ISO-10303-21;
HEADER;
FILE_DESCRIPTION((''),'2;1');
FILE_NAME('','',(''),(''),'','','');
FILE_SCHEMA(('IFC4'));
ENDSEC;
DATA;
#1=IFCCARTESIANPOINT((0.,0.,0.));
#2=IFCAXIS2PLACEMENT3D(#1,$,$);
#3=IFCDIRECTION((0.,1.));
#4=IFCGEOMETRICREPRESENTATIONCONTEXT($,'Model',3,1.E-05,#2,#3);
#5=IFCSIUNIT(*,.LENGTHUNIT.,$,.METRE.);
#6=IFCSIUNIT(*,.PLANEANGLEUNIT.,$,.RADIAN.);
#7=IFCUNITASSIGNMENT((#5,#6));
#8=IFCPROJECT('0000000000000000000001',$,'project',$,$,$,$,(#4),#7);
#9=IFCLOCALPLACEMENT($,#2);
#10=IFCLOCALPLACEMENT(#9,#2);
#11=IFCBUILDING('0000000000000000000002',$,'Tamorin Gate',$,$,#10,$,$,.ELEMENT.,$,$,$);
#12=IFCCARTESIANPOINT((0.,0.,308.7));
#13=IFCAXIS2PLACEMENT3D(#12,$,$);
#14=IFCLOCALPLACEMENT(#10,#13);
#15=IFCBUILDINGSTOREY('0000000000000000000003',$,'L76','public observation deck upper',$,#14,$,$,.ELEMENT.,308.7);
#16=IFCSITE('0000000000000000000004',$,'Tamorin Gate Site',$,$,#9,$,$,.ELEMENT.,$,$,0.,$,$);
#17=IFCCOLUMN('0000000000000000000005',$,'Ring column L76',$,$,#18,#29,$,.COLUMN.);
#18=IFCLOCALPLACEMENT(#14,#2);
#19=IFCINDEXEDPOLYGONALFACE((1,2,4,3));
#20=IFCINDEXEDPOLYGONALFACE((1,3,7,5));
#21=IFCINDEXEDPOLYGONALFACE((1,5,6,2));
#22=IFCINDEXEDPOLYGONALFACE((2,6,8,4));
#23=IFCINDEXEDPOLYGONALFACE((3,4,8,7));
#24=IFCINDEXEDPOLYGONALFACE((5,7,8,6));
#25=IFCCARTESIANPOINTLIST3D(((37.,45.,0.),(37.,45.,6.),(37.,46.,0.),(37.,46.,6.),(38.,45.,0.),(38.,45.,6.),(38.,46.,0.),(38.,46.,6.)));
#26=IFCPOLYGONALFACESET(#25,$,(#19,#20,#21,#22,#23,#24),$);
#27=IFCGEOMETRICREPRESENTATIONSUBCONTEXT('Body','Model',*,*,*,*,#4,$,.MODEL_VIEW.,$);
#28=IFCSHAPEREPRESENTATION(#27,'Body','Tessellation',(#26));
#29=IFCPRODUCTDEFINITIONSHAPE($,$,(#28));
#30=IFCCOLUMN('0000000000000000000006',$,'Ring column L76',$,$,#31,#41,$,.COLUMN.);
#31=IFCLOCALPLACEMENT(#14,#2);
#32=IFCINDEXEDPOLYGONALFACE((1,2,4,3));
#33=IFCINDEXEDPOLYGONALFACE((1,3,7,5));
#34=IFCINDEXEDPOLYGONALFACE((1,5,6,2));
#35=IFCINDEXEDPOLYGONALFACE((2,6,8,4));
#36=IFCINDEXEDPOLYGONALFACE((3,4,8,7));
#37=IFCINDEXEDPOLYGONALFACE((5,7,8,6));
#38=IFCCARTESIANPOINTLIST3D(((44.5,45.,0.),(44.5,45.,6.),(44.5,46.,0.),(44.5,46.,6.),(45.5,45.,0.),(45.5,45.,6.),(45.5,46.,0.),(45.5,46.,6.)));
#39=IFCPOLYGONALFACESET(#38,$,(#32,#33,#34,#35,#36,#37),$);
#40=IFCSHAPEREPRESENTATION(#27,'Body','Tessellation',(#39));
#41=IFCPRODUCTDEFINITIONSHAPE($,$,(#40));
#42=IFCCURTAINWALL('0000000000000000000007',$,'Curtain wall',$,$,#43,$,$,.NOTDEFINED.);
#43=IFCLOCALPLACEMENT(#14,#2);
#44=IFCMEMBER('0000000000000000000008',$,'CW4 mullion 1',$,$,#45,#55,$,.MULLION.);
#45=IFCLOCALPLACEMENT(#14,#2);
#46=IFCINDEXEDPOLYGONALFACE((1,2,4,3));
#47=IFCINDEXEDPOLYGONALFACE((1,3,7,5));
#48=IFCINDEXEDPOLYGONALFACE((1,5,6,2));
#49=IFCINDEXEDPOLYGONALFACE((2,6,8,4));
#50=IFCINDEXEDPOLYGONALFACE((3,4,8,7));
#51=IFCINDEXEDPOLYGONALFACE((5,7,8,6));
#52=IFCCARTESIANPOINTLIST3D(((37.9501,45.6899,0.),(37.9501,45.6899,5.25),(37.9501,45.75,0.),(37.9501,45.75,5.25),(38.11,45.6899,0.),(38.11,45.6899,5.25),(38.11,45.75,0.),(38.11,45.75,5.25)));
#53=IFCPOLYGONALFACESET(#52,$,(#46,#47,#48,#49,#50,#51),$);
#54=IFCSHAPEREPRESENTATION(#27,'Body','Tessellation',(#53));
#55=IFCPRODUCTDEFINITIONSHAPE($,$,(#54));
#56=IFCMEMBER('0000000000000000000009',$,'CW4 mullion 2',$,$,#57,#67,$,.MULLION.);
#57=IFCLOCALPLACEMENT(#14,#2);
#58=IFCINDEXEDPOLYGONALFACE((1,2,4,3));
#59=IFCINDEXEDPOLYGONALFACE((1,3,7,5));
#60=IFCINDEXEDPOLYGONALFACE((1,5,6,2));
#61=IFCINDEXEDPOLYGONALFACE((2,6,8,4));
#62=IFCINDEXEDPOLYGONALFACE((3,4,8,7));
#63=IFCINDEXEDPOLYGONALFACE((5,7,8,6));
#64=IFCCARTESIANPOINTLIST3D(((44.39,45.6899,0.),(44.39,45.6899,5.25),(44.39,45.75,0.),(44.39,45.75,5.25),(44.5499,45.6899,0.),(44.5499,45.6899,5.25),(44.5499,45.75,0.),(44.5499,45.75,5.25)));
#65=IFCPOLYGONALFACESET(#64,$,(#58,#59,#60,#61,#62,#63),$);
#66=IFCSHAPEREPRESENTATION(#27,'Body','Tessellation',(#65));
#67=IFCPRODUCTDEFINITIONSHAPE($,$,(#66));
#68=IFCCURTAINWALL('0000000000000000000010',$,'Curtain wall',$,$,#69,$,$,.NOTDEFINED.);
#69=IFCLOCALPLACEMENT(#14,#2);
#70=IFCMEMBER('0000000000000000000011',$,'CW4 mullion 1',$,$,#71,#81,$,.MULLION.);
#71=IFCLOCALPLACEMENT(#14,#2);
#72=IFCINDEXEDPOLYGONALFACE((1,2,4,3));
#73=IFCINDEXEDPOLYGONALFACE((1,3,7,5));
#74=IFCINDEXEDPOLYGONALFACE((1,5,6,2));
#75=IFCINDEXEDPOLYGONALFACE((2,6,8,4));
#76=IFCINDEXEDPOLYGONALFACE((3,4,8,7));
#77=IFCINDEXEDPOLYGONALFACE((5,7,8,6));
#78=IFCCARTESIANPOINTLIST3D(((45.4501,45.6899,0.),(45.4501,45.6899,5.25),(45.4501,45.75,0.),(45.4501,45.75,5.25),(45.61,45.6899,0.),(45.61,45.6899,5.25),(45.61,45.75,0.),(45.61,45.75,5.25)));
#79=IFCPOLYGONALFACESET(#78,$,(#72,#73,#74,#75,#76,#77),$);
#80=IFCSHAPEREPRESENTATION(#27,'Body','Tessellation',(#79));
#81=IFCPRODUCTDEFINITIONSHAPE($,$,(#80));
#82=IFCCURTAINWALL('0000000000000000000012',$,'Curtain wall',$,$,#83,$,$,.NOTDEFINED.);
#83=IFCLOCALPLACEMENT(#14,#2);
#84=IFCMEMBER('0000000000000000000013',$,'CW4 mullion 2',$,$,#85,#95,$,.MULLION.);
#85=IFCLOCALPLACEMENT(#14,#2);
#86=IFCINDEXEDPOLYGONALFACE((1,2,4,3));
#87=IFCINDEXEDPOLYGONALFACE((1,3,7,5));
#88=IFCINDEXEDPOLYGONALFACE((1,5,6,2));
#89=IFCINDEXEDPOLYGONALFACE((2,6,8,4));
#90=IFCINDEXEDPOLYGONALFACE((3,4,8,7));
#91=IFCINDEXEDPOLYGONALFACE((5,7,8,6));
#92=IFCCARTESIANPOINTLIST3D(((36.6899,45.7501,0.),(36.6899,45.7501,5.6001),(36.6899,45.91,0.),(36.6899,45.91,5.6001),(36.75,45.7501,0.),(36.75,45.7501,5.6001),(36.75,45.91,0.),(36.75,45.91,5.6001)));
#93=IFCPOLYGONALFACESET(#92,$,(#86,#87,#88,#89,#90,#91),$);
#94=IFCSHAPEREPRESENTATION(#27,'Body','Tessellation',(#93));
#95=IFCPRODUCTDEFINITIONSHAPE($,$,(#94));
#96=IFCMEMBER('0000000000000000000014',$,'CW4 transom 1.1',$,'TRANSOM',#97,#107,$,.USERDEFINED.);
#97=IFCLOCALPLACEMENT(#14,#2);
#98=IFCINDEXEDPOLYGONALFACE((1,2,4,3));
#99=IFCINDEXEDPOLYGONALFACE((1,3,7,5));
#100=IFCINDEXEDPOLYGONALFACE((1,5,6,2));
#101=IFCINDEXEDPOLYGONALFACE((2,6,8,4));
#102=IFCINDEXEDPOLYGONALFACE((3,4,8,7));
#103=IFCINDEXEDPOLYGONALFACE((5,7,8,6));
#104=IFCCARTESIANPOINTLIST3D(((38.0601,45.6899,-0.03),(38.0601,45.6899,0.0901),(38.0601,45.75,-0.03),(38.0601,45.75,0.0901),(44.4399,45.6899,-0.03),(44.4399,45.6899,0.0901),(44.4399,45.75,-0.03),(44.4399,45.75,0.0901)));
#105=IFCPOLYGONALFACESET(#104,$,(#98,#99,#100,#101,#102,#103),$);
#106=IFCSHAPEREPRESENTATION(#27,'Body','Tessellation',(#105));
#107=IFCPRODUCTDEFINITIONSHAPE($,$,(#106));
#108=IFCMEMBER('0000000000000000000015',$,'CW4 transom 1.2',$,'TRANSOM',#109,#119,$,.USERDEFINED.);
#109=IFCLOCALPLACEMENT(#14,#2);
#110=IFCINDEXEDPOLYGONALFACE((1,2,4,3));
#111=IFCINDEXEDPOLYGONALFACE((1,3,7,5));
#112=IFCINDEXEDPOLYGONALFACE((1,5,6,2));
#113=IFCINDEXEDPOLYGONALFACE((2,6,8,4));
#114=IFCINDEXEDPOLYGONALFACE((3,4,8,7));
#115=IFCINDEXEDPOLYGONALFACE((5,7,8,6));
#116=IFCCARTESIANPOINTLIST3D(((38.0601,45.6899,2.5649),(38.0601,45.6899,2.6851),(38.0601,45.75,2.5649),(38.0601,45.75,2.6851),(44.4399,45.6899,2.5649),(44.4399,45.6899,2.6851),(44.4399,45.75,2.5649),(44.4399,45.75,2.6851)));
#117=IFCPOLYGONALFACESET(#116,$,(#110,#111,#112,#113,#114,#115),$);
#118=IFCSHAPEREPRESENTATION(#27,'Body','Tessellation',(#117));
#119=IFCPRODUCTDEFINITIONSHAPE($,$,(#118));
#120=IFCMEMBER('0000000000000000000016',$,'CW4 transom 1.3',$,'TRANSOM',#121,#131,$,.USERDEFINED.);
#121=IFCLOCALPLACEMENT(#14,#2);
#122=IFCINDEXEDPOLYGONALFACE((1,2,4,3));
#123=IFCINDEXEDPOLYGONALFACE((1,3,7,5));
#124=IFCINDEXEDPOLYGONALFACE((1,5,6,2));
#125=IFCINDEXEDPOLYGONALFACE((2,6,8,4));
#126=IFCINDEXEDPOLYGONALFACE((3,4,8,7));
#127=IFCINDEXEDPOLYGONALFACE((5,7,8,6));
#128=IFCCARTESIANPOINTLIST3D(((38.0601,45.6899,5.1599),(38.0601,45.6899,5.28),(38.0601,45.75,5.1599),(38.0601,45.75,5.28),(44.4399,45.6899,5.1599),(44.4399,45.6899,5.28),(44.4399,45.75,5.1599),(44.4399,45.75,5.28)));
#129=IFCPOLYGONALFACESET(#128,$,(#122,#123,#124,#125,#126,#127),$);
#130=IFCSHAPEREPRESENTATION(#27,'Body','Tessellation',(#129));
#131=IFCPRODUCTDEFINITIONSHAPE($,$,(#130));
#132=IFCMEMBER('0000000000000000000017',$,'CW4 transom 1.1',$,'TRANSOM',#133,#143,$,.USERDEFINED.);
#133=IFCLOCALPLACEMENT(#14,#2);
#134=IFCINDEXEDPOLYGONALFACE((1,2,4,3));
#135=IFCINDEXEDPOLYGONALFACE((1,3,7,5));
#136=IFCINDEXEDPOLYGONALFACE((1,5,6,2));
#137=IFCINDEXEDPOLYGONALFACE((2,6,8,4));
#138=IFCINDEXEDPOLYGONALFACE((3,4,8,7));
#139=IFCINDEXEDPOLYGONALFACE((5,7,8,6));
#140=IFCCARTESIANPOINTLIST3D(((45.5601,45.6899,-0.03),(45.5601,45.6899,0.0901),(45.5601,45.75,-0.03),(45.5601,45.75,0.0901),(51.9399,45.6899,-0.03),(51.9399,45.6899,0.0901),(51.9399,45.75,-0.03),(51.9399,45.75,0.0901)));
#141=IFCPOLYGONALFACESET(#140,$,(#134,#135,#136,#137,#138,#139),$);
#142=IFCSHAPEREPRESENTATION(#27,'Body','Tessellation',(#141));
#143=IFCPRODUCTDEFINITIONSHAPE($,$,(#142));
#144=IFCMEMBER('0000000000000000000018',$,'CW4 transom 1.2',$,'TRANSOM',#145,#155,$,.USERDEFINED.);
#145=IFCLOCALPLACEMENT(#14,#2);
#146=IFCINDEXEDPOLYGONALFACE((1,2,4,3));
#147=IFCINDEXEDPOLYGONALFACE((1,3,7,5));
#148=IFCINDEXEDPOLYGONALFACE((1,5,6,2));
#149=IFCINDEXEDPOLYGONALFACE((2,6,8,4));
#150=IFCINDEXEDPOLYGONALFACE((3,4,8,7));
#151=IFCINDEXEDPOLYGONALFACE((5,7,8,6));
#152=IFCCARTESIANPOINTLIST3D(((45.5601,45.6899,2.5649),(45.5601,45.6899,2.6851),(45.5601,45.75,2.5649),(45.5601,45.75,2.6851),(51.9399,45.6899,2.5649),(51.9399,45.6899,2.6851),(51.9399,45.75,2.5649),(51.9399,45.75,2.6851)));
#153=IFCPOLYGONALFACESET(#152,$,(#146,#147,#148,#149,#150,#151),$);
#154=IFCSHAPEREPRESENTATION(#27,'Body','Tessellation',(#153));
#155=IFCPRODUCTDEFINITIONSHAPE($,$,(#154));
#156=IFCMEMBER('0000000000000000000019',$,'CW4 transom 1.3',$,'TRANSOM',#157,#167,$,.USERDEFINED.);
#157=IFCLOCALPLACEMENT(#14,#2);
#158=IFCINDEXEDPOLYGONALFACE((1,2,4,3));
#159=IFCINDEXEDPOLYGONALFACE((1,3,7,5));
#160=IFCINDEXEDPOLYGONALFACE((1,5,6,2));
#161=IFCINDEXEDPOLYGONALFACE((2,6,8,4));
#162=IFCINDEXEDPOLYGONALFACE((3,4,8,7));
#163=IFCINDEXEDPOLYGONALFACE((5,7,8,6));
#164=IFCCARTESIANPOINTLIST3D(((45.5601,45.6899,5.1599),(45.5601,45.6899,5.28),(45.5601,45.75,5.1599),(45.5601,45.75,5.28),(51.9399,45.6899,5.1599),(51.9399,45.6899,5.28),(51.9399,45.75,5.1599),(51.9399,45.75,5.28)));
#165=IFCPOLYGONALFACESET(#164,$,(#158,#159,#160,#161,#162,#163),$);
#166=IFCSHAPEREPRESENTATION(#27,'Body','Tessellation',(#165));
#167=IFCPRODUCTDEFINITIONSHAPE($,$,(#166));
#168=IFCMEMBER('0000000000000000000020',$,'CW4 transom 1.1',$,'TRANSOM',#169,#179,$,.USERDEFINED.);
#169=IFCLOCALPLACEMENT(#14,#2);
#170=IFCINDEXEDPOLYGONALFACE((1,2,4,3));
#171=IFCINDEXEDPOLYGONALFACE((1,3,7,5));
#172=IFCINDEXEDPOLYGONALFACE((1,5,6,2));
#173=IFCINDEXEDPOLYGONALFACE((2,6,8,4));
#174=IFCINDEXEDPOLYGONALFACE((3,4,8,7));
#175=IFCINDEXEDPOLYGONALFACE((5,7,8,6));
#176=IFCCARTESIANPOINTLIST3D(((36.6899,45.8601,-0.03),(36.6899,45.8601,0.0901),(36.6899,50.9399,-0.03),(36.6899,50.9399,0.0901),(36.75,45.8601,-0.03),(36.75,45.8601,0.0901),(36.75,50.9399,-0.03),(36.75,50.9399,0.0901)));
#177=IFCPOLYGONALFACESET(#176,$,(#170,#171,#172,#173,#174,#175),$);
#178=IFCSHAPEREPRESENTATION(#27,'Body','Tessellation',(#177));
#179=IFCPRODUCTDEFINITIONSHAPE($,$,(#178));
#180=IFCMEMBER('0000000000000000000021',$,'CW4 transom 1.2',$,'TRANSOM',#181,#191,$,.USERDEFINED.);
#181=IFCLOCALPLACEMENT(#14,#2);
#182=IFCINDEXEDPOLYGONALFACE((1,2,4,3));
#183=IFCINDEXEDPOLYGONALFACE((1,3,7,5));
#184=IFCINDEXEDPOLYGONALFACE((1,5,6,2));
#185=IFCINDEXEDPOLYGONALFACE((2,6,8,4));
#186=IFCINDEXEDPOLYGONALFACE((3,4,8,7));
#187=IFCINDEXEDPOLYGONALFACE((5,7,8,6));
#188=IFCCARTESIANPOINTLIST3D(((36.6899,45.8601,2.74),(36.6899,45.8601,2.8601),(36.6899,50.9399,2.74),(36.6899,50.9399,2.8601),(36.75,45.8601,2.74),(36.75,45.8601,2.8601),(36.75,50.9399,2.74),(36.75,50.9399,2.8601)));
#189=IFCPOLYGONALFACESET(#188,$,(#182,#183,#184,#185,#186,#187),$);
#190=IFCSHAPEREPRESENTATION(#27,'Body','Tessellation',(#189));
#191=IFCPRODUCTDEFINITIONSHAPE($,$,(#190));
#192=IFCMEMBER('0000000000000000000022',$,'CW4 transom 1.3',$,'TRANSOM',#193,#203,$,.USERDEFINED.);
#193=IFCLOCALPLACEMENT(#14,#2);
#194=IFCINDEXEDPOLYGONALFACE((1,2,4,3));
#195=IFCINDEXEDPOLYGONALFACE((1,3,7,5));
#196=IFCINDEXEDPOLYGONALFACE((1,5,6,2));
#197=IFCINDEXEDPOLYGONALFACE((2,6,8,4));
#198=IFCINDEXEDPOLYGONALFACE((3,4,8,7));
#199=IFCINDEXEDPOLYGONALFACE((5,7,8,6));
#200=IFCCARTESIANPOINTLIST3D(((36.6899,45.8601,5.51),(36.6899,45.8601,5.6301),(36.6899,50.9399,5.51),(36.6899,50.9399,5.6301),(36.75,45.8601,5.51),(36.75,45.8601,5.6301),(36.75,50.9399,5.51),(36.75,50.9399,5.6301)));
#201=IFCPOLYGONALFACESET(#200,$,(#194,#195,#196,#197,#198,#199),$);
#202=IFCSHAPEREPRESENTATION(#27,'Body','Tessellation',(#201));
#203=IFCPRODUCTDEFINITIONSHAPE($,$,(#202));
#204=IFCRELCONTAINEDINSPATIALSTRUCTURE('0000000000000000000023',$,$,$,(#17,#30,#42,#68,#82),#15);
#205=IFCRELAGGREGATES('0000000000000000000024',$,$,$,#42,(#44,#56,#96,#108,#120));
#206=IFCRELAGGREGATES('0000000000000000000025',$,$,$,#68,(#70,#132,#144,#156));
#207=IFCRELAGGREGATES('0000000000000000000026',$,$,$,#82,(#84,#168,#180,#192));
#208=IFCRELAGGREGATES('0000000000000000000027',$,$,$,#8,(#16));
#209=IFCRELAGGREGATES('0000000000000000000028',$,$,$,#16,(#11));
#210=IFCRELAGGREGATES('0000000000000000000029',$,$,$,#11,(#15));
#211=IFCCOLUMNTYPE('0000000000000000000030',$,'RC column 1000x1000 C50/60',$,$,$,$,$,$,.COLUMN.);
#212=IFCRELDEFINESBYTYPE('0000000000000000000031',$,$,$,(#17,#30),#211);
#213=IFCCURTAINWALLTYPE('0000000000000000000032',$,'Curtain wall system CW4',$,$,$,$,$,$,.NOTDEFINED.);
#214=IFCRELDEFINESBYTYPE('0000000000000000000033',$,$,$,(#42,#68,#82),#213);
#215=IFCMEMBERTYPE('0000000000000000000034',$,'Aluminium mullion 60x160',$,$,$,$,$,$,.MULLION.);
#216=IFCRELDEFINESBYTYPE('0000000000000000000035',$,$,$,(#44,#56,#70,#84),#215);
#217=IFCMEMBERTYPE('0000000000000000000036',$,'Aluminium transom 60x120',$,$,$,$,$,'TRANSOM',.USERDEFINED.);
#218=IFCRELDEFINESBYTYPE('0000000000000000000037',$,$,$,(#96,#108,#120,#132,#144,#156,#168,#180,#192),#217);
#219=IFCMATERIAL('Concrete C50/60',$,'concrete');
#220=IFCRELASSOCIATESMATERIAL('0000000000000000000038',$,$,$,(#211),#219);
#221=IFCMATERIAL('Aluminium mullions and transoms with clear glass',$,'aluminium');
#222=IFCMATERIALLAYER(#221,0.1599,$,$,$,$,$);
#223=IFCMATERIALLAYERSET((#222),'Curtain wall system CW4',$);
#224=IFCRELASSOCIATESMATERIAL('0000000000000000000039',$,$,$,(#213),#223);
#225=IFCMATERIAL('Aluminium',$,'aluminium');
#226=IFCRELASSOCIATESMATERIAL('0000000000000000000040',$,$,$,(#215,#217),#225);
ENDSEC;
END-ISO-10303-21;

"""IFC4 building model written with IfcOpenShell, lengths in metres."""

from ifc_helpers import new_model, si_unit, direction, frame, origin, origin_2d, place, context, subcontext, project, spatial, rectangle, extrude, material, layer, layer_set, material_profile, profile_set, type_object, element, aggregate, save


model = new_model("IFC4")

# Units and contexts
model_context = context("Model", 3, precision=1e-05, world=origin(), true_north=direction((0.0, 1.0)))
body_context = subcontext(model_context, "Body", "Model", "MODEL_VIEW")
ifc_project = project(units=[si_unit("LENGTHUNIT", "METRE"), si_unit("PLANEANGLEUNIT", "RADIAN")], contexts=[model_context])

# Site, building, storey
site_placement = place(None, origin())
site = spatial("IfcSite", under=ifc_project, at=site_placement, Name="Tamorin Gate Site", CompositionType="ELEMENT", RefElevation=0.0)
building_placement = place(site_placement, origin())
building = spatial("IfcBuilding", under=site, at=building_placement, Name="Tamorin Gate", CompositionType="ELEMENT")
storey_placement = place(building_placement, frame((0.0, 0.0, 308.7)))
storey = spatial("IfcBuildingStorey", under=building, at=storey_placement, Name="L76", Description="public observation deck upper", CompositionType="ELEMENT", Elevation=308.7)

# Columns
ifc_material_1 = material(Name="Concrete C50/60", Category="concrete")
ifc_material_profile_1 = material_profile(ifc_material_1, rectangle(XDim=1.0, YDim=1.0, at=origin_2d()), Name="RC 1000x1000")
ifc_profile_set_1 = profile_set([ifc_material_profile_1], Name="Concrete C50/60")
column_type = type_object("IfcColumnType", Name="RC column 1000x1000 C50/60", PredefinedType="COLUMN", material=ifc_profile_set_1)
for number, where, z_axis, x_axis, name in (
    (1, (37.5, 45.5, 0.0), (0.0, 0.0, 1.0), (1.0, 0.0, 0.0), "Ring column L76"),
    (2, (45.0, 45.5, 0.0), (0.0, 0.0, 1.0), (1.0, 0.0, 0.0), "Ring column L76"),
):
    element("IfcColumn", number, at=place(storey_placement, frame(where, z_axis=z_axis, x_axis=x_axis)), inside=storey, type_object=column_type, Name=name, PredefinedType="COLUMN", context=body_context, shape_type="SweptSolid", body=[
        extrude(rectangle(XDim=1.0, YDim=1.0, at=origin_2d()), origin(), (0.0, 0.0, 1.0), 6.0),
    ])

# Curtain wall, members
ifc_material_2 = material(Name="Aluminium mullions and transoms with clear glass", Category="aluminium")
ifc_layer_1 = layer(ifc_material_2, 0.1599)
ifc_layer_set_1 = layer_set([ifc_layer_1], Name="Curtain wall system CW4")
curtain_wall_type = type_object("IfcCurtainWallType", Name="Curtain wall system CW4", PredefinedType="NOTDEFINED", material=ifc_layer_set_1)
curtain_wall_1_placement = place(storey_placement, origin())
curtain_wall_1 = element("IfcCurtainWall", 3, at=curtain_wall_1_placement, inside=storey, type_object=curtain_wall_type, Name="Curtain wall", PredefinedType="NOTDEFINED")
ifc_material_3 = material(Name="Aluminium", Category="aluminium")
ifc_material_profile_2 = material_profile(ifc_material_3, rectangle(XDim=0.0601, YDim=0.1599, at=origin_2d()), Name="RECT 60x160")
ifc_profile_set_2 = profile_set([ifc_material_profile_2], Name="Aluminium")
member_type_1 = type_object("IfcMemberType", Name="Aluminium mullion 60x160", PredefinedType="MULLION", material=ifc_profile_set_2)
member_1_placement = place(storey_placement, frame((38.03, 45.72, 0.0), z_axis=(0.0, 0.0, 1.0), x_axis=(0.0, 1.0, 0.0)))
member_1 = element("IfcMember", 4, at=member_1_placement, type_object=member_type_1, Name="CW4 mullion 1", PredefinedType="MULLION", context=body_context, shape_type="SweptSolid", body=[
    extrude(rectangle(XDim=0.0601, YDim=0.1599, at=origin_2d()), origin(), (0.0, 0.0, 1.0), 5.25),
])
member_2_placement = place(storey_placement, frame((44.47, 45.72, 0.0), z_axis=(0.0, 0.0, 1.0), x_axis=(0.0, 1.0, 0.0)))
member_2 = element("IfcMember", 5, at=member_2_placement, type_object=member_type_1, Name="CW4 mullion 2", PredefinedType="MULLION", context=body_context, shape_type="SweptSolid", body=[
    extrude(rectangle(XDim=0.0601, YDim=0.1599, at=origin_2d()), origin(), (0.0, 0.0, 1.0), 5.25),
])

# Curtain walls, members
curtain_wall_2_placement = place(storey_placement, origin())
curtain_wall_2 = element("IfcCurtainWall", 6, at=curtain_wall_2_placement, inside=storey, type_object=curtain_wall_type, Name="Curtain wall", PredefinedType="NOTDEFINED")
member_3_placement = place(storey_placement, frame((45.53, 45.72, 0.0), z_axis=(0.0, 0.0, 1.0), x_axis=(0.0, 1.0, 0.0)))
member_3 = element("IfcMember", 7, at=member_3_placement, type_object=member_type_1, Name="CW4 mullion 1", PredefinedType="MULLION", context=body_context, shape_type="SweptSolid", body=[
    extrude(rectangle(XDim=0.0601, YDim=0.1599, at=origin_2d()), origin(), (0.0, 0.0, 1.0), 5.25),
])
curtain_wall_3_placement = place(storey_placement, origin())
curtain_wall_3 = element("IfcCurtainWall", 8, at=curtain_wall_3_placement, inside=storey, type_object=curtain_wall_type, Name="Curtain wall", PredefinedType="NOTDEFINED")
member_4_placement = place(storey_placement, frame((36.72, 45.8301, 0.0), z_axis=(0.0, 0.0, 1.0), x_axis=(1.0, 0.0, 0.0)))
member_4 = element("IfcMember", 9, at=member_4_placement, type_object=member_type_1, Name="CW4 mullion 2", PredefinedType="MULLION", context=body_context, shape_type="SweptSolid", body=[
    extrude(rectangle(XDim=0.0601, YDim=0.1599, at=origin_2d()), origin(), (0.0, 0.0, 1.0), 5.6001),
])

# Members
ifc_material_profile_3 = material_profile(ifc_material_3, rectangle(XDim=0.0601, YDim=0.1201, at=origin_2d()), Name="RECT 60x120")
ifc_profile_set_3 = profile_set([ifc_material_profile_3], Name="Aluminium")
member_type_2 = type_object("IfcMemberType", Name="Aluminium transom 60x120", ElementType="TRANSOM", PredefinedType="USERDEFINED", material=ifc_profile_set_3)
member_5_placement = place(storey_placement, frame((38.0601, 45.72, 0.03), z_axis=(1.0, 0.0, 0.0), x_axis=(0.0, 1.0, 0.0)))
member_5 = element("IfcMember", 10, at=member_5_placement, type_object=member_type_2, Name="CW4 transom 1.1", ObjectType="TRANSOM", PredefinedType="USERDEFINED", context=body_context, shape_type="SweptSolid", body=[
    extrude(rectangle(XDim=0.0601, YDim=0.1201, at=origin_2d()), origin(), (0.0, 0.0, 1.0), 6.3799),
])
member_6_placement = place(storey_placement, frame((38.0601, 45.72, 2.625), z_axis=(1.0, 0.0, 0.0), x_axis=(0.0, 1.0, 0.0)))
member_6 = element("IfcMember", 11, at=member_6_placement, type_object=member_type_2, Name="CW4 transom 1.2", ObjectType="TRANSOM", PredefinedType="USERDEFINED", context=body_context, shape_type="SweptSolid", body=[
    extrude(rectangle(XDim=0.0601, YDim=0.1201, at=origin_2d()), origin(), (0.0, 0.0, 1.0), 6.3799),
])
member_7_placement = place(storey_placement, frame((38.0601, 45.72, 5.22), z_axis=(1.0, 0.0, 0.0), x_axis=(0.0, 1.0, 0.0)))
member_7 = element("IfcMember", 12, at=member_7_placement, type_object=member_type_2, Name="CW4 transom 1.3", ObjectType="TRANSOM", PredefinedType="USERDEFINED", context=body_context, shape_type="SweptSolid", body=[
    extrude(rectangle(XDim=0.0601, YDim=0.1201, at=origin_2d()), origin(), (0.0, 0.0, 1.0), 6.3799),
])
member_8_placement = place(storey_placement, frame((45.5601, 45.72, 0.03), z_axis=(1.0, 0.0, 0.0), x_axis=(0.0, 1.0, 0.0)))
member_8 = element("IfcMember", 13, at=member_8_placement, type_object=member_type_2, Name="CW4 transom 1.1", ObjectType="TRANSOM", PredefinedType="USERDEFINED", context=body_context, shape_type="SweptSolid", body=[
    extrude(rectangle(XDim=0.0601, YDim=0.1201, at=origin_2d()), origin(), (0.0, 0.0, 1.0), 6.3799),
])
member_9_placement = place(storey_placement, frame((45.5601, 45.72, 2.625), z_axis=(1.0, 0.0, 0.0), x_axis=(0.0, 1.0, 0.0)))
member_9 = element("IfcMember", 14, at=member_9_placement, type_object=member_type_2, Name="CW4 transom 1.2", ObjectType="TRANSOM", PredefinedType="USERDEFINED", context=body_context, shape_type="SweptSolid", body=[
    extrude(rectangle(XDim=0.0601, YDim=0.1201, at=origin_2d()), origin(), (0.0, 0.0, 1.0), 6.3799),
])
member_10_placement = place(storey_placement, frame((45.5601, 45.72, 5.22), z_axis=(1.0, 0.0, 0.0), x_axis=(0.0, 1.0, 0.0)))
member_10 = element("IfcMember", 15, at=member_10_placement, type_object=member_type_2, Name="CW4 transom 1.3", ObjectType="TRANSOM", PredefinedType="USERDEFINED", context=body_context, shape_type="SweptSolid", body=[
    extrude(rectangle(XDim=0.0601, YDim=0.1201, at=origin_2d()), origin(), (0.0, 0.0, 1.0), 6.3799),
])
member_11_placement = place(storey_placement, frame((36.72, 50.9399, 0.03), z_axis=(0.0, -1.0, 0.0), x_axis=(1.0, 0.0, 0.0)))
member_11 = element("IfcMember", 16, at=member_11_placement, type_object=member_type_2, Name="CW4 transom 1.1", ObjectType="TRANSOM", PredefinedType="USERDEFINED", context=body_context, shape_type="SweptSolid", body=[
    extrude(rectangle(XDim=0.0601, YDim=0.1201, at=origin_2d()), origin(), (0.0, 0.0, 1.0), 5.0798),
])
member_12_placement = place(storey_placement, frame((36.72, 50.9399, 2.8), z_axis=(0.0, -1.0, 0.0), x_axis=(1.0, 0.0, 0.0)))
member_12 = element("IfcMember", 17, at=member_12_placement, type_object=member_type_2, Name="CW4 transom 1.2", ObjectType="TRANSOM", PredefinedType="USERDEFINED", context=body_context, shape_type="SweptSolid", body=[
    extrude(rectangle(XDim=0.0601, YDim=0.1201, at=origin_2d()), origin(), (0.0, 0.0, 1.0), 5.0798),
])
member_13_placement = place(storey_placement, frame((36.72, 50.9399, 5.5701), z_axis=(0.0, -1.0, 0.0), x_axis=(1.0, 0.0, 0.0)))
member_13 = element("IfcMember", 18, at=member_13_placement, type_object=member_type_2, Name="CW4 transom 1.3", ObjectType="TRANSOM", PredefinedType="USERDEFINED", context=body_context, shape_type="SweptSolid", body=[
    extrude(rectangle(XDim=0.0601, YDim=0.1201, at=origin_2d()), origin(), (0.0, 0.0, 1.0), 5.0798),
])

aggregate(curtain_wall_1, [member_1, member_2, member_5, member_6, member_7])
aggregate(curtain_wall_2, [member_3, member_8, member_9, member_10])
aggregate(curtain_wall_3, [member_4, member_11, member_12, member_13])

save(model, "model.ifc")
